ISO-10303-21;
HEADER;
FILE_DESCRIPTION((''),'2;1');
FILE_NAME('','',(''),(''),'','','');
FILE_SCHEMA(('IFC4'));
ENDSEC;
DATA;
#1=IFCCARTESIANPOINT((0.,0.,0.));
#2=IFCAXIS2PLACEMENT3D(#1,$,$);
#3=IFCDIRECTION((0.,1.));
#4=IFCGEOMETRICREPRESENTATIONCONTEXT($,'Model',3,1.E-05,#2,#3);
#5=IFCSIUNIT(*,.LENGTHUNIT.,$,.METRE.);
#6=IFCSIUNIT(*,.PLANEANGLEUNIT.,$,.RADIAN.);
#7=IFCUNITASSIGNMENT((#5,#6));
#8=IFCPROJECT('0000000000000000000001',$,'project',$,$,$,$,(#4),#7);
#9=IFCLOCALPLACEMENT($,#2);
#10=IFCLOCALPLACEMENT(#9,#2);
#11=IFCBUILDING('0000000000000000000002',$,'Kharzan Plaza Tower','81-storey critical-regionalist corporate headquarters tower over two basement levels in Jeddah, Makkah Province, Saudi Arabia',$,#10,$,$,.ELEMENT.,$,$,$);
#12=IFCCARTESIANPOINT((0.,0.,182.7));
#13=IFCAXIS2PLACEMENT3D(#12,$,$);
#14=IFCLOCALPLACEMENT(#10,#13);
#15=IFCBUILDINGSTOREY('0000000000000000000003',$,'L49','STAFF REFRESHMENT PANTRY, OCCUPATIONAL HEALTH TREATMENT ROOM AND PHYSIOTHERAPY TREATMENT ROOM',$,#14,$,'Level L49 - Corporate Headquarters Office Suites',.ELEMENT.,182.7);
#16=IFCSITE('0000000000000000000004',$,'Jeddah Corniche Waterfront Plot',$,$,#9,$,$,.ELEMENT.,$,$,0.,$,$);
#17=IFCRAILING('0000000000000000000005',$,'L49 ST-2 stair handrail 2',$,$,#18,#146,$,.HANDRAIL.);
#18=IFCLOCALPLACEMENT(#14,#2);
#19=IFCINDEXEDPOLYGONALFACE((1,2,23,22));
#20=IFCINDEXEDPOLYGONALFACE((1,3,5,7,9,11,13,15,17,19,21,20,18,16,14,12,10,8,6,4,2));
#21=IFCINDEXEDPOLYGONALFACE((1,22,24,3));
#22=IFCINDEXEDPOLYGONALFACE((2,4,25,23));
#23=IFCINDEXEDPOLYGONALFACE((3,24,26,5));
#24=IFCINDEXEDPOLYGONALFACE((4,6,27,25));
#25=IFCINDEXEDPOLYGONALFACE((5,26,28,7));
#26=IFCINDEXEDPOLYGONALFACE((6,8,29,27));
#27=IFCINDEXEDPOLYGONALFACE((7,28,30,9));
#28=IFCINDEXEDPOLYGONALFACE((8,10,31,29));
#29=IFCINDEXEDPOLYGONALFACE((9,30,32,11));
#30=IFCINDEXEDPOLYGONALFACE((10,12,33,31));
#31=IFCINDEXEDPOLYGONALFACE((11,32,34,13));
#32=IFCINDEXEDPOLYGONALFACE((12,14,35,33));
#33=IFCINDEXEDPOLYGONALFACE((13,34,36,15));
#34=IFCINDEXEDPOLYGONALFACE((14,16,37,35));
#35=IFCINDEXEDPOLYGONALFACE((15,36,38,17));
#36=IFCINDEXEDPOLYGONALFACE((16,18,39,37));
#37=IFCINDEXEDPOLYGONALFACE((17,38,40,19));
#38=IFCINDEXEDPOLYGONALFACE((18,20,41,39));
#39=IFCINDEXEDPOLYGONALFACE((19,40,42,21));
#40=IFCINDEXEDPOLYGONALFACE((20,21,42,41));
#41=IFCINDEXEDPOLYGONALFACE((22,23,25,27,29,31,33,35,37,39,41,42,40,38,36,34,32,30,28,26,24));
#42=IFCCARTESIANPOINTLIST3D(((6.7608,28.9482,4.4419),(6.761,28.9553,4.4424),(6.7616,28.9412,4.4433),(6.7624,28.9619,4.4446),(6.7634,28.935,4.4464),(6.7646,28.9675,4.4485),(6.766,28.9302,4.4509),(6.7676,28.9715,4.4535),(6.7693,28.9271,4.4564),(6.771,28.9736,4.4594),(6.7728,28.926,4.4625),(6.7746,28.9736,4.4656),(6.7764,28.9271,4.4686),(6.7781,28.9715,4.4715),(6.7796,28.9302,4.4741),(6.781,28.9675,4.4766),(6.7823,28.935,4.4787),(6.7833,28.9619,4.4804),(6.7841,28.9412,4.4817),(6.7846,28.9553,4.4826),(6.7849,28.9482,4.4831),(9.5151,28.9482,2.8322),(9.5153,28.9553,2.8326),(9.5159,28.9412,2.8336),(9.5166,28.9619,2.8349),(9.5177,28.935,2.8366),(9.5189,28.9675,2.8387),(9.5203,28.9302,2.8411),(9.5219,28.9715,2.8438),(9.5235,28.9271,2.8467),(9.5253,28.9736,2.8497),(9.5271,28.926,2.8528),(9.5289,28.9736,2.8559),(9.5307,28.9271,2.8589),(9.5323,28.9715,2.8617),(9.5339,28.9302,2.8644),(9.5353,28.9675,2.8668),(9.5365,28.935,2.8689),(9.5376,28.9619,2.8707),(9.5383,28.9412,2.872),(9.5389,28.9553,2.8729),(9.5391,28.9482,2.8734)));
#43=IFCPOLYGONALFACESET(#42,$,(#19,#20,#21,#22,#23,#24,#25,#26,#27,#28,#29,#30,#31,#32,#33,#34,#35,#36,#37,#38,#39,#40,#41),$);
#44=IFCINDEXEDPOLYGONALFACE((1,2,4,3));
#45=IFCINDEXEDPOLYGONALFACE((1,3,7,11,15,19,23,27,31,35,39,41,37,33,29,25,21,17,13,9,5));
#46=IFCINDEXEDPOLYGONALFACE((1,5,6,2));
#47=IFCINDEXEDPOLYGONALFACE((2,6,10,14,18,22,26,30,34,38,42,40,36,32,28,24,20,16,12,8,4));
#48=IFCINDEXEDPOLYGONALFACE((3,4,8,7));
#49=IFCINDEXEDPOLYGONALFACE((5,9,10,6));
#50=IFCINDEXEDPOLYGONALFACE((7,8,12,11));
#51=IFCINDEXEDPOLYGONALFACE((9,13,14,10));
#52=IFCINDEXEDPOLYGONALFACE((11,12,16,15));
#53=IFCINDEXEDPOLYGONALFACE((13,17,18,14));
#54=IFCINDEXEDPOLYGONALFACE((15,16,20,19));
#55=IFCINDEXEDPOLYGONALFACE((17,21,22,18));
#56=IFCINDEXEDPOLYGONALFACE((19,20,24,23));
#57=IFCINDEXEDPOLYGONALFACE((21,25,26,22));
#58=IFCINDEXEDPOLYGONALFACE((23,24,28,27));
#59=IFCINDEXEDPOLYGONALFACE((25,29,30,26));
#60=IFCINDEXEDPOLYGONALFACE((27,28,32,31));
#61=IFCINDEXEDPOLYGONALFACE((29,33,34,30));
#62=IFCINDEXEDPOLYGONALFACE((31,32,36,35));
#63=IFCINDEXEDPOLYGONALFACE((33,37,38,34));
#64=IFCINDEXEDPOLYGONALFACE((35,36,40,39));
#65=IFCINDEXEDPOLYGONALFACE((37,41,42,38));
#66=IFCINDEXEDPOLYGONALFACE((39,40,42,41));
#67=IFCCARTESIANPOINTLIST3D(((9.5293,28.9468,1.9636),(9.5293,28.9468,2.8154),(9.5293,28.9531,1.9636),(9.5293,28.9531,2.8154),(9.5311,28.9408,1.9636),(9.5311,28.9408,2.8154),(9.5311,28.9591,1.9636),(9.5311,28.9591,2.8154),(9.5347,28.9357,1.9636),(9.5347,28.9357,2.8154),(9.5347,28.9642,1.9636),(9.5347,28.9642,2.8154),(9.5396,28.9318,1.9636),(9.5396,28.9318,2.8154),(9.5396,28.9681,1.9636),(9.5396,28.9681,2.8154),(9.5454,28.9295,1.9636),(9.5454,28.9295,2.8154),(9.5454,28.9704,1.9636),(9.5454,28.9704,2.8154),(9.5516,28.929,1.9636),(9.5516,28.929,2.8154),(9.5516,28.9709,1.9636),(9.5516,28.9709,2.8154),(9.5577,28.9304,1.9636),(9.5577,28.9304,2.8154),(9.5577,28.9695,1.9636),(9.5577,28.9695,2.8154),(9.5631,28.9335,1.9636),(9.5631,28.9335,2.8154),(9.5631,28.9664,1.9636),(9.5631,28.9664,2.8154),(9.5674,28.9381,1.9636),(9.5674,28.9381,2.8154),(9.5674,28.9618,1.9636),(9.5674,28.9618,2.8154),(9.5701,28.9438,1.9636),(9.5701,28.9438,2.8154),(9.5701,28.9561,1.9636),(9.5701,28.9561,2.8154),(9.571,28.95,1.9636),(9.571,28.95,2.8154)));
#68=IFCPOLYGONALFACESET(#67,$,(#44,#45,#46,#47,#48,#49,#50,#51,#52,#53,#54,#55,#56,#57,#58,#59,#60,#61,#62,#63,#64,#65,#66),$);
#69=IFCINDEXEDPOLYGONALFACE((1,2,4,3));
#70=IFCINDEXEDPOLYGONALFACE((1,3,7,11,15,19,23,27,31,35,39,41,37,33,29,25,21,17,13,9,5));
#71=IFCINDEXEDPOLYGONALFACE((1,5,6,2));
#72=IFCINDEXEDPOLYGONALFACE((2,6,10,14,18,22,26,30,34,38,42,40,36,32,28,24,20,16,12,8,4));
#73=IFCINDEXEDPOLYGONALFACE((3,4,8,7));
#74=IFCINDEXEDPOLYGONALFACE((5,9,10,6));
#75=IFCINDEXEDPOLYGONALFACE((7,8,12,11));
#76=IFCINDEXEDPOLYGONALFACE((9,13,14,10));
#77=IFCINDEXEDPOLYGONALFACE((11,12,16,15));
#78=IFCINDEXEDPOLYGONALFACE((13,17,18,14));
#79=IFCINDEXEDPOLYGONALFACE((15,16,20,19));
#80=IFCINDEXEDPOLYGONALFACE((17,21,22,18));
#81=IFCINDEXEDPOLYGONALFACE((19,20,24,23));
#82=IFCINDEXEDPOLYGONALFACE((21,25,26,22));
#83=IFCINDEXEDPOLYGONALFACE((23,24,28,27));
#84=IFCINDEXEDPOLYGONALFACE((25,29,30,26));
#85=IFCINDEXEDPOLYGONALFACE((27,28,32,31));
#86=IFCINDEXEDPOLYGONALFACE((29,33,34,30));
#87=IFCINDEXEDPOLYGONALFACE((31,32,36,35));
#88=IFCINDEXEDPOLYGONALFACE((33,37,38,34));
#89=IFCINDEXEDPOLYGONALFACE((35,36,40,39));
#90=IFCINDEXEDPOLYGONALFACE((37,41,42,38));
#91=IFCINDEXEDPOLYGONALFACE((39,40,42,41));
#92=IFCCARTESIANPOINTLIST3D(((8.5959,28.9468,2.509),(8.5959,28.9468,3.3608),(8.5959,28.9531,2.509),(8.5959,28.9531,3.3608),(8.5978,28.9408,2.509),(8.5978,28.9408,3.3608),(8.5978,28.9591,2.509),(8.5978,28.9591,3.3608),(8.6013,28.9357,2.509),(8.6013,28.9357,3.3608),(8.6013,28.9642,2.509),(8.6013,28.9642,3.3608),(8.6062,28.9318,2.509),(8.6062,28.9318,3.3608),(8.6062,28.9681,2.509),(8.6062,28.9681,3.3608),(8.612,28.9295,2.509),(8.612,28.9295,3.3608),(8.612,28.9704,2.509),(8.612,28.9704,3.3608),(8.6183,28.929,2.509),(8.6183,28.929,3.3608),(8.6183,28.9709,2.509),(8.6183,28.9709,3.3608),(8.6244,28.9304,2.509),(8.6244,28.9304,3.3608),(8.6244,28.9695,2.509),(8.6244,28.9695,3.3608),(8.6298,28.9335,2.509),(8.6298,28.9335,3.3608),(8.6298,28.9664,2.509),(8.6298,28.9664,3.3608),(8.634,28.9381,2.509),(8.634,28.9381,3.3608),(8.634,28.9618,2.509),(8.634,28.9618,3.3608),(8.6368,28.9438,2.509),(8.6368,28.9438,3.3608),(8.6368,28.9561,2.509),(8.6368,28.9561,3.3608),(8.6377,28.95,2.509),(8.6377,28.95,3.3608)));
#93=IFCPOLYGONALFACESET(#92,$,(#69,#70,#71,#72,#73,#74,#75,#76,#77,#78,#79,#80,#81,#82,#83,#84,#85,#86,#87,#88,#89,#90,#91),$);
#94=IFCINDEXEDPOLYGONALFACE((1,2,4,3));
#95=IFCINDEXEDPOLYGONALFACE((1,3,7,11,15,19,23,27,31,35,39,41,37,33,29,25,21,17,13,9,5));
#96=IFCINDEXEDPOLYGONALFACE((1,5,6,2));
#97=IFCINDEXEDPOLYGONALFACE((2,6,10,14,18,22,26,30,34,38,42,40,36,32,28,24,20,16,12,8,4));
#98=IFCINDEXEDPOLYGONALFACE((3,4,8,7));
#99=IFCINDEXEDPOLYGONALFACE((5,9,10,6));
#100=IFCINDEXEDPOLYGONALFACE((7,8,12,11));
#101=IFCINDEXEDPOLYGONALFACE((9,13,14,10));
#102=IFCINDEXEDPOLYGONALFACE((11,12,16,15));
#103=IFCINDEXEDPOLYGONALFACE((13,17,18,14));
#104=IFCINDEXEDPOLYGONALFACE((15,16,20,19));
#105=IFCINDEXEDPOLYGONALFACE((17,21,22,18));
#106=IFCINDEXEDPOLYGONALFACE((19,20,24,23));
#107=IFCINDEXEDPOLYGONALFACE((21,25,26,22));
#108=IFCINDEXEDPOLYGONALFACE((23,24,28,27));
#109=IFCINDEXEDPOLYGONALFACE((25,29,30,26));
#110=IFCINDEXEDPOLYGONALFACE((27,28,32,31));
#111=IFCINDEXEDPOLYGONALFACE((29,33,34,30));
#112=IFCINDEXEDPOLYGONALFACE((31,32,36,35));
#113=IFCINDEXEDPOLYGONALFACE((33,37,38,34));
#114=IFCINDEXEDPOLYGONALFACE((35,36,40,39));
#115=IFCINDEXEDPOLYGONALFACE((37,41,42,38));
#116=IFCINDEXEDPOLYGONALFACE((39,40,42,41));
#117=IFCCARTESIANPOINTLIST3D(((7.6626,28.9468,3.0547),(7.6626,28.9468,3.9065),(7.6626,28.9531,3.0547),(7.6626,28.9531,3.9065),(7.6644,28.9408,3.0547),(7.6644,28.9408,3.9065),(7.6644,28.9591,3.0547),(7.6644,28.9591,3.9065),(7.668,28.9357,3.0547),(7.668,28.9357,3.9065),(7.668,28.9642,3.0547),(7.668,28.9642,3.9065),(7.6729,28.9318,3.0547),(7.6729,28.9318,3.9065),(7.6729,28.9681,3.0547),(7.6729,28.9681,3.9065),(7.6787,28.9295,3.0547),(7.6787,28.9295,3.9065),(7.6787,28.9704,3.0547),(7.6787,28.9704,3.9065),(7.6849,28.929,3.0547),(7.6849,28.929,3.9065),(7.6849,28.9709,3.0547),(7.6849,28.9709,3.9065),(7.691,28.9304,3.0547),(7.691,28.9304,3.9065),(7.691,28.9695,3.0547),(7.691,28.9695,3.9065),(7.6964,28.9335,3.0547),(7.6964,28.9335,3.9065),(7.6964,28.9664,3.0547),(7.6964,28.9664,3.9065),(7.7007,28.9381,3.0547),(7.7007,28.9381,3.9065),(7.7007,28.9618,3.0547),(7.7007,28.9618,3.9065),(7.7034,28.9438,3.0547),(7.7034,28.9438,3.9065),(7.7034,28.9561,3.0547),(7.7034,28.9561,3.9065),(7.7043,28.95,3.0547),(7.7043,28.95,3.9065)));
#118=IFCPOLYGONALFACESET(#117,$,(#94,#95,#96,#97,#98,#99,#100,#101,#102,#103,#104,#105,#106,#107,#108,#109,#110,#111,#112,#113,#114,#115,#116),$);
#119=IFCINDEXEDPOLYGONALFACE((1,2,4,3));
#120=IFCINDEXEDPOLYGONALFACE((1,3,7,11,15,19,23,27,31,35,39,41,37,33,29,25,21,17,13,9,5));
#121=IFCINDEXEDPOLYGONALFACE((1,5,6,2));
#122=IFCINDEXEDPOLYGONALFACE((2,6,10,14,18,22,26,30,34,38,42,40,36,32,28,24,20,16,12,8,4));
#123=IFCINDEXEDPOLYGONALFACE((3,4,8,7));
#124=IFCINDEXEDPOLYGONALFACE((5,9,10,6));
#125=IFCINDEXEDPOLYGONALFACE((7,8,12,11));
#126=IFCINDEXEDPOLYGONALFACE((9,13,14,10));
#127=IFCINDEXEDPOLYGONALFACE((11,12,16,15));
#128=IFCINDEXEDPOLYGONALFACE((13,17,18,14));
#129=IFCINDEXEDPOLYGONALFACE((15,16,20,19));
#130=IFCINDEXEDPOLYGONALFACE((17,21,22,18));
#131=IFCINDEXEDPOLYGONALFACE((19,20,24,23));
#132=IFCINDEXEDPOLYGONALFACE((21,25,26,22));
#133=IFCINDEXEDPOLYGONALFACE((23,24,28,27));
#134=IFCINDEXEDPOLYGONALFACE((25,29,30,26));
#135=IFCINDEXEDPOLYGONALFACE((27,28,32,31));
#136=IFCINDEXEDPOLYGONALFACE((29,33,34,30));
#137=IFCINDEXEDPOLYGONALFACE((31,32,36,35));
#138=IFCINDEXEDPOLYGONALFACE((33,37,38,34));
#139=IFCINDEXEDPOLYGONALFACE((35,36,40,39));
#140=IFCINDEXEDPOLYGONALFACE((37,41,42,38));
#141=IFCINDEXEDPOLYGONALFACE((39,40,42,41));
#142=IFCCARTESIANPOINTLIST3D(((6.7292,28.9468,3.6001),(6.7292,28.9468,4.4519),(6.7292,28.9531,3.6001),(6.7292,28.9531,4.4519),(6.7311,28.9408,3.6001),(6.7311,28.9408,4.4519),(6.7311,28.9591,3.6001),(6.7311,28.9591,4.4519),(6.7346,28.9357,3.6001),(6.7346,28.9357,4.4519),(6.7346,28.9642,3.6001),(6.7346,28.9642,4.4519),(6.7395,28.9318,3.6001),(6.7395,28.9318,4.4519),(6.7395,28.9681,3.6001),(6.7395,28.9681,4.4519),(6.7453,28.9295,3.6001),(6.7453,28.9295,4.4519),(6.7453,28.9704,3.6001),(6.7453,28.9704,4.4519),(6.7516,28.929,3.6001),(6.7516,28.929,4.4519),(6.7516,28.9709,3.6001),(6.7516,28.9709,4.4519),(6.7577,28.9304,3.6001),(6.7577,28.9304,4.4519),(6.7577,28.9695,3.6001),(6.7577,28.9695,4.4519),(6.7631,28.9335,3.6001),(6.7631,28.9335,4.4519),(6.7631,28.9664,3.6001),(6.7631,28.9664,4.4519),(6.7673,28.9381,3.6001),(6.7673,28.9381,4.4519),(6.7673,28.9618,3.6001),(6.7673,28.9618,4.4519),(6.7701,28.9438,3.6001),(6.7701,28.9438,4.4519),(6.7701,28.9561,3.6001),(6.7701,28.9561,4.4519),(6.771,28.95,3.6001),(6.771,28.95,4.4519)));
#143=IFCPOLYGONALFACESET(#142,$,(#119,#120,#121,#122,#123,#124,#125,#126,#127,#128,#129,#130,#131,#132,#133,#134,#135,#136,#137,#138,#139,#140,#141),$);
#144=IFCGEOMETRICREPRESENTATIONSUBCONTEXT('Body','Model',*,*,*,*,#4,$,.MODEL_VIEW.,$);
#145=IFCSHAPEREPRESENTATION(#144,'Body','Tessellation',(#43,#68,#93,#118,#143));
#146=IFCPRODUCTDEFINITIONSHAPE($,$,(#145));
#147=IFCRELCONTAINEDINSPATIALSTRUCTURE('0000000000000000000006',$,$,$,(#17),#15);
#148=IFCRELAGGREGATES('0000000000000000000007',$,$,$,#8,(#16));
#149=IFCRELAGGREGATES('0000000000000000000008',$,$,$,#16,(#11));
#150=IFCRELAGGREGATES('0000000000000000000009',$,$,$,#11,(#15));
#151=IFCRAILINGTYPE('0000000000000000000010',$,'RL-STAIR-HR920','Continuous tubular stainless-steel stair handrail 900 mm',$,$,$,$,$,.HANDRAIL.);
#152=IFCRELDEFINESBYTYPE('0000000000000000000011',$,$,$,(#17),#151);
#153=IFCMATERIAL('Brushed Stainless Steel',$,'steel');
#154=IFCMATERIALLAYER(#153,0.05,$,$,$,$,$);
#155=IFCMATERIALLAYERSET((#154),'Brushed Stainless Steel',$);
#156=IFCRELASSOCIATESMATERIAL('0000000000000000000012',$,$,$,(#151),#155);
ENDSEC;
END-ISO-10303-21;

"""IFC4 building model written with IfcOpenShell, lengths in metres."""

from ifc_helpers import new_model, si_unit, direction, frame, origin, origin_2d, place, context, subcontext, project, spatial, circle, extrude, source, transform, mapped, material, layer, layer_set, type_object, element, save


model = new_model("IFC4")

# Units and contexts
model_context = context("Model", 3, precision=1e-05, world=origin(), true_north=direction((0.0, 1.0)))
body_context = subcontext(model_context, "Body", "Model", "MODEL_VIEW")
ifc_project = project(units=[si_unit("LENGTHUNIT", "METRE"), si_unit("PLANEANGLEUNIT", "RADIAN")], contexts=[model_context])

# Site, building, storey
site_placement = place(None, origin())
site = spatial("IfcSite", under=ifc_project, at=site_placement, Name="Jeddah Corniche Waterfront Plot", CompositionType="ELEMENT", RefElevation=0.0)
building_placement = place(site_placement, origin())
building = spatial("IfcBuilding", under=site, at=building_placement, Name="Kharzan Plaza Tower", Description="81-storey critical-regionalist corporate headquarters tower over two basement levels in Jeddah, Makkah Province, Saudi Arabia", CompositionType="ELEMENT")
storey_placement = place(building_placement, frame((0.0, 0.0, 182.7)))
storey = spatial("IfcBuildingStorey", under=building, at=storey_placement, Name="L49", Description="STAFF REFRESHMENT PANTRY, OCCUPATIONAL HEALTH TREATMENT ROOM AND PHYSIOTHERAPY TREATMENT ROOM", LongName="Level L49 - Corporate Headquarters Office Suites", CompositionType="ELEMENT", Elevation=182.7)

# Shared definitions
ifc_material_1 = material(Name="Brushed Stainless Steel", Category="steel")

# Railing
ifc_layer_1 = layer(ifc_material_1, 0.05)
ifc_layer_set_1 = layer_set([ifc_layer_1], Name="Brushed Stainless Steel")
railing_type_1 = type_object("IfcRailingType", Name="RL-STAIR-HR920", Description="Continuous tubular stainless-steel stair handrail 900 mm", PredefinedType="HANDRAIL", material=ifc_layer_set_1)
shared_shape_1 = source(origin(), body_context, "Body", "SweptSolid", [
    extrude(circle(Radius=0.0239, at=origin_2d()), frame((-0.0229, 0.0, 0.8892), z_axis=(-0.863361, 0.0, 0.504587), x_axis=(0.0, -1.0, 0.0)), (0.0, 0.0, 1.0), 3.1902),
    extrude(circle(Radius=0.021, at=origin_2d()), origin(), (0.0, 0.0, 1.0), 0.8518),
    extrude(circle(Radius=0.021, at=origin_2d()), frame((-0.9333, 0.0, 0.5454)), (0.0, 0.0, 1.0), 0.8518),
    extrude(circle(Radius=0.021, at=origin_2d()), frame((-1.8667, 0.0, 1.0911)), (0.0, 0.0, 1.0), 0.8518),
    extrude(circle(Radius=0.021, at=origin_2d()), frame((-2.8, 0.0, 1.6365)), (0.0, 0.0, 1.0), 0.8518),
])
railing_1_placement = place(storey_placement, frame((9.55, 28.95, 1.9636)))
element("IfcRailing", 1, at=railing_1_placement, inside=storey, type_object=railing_type_1, Name="L49 ST-2 stair handrail 2", PredefinedType="HANDRAIL", context=body_context, shape_type="MappedRepresentation", body=[
    mapped(shared_shape_1, transform((0.0, 0.0, 0.0), x_axis=(1.0, 0.0, 0.0), y_axis=(0.0, 1.0, 0.0), z_axis=(0.0, 0.0, 1.0))),
])

save(model, "model.ifc")
